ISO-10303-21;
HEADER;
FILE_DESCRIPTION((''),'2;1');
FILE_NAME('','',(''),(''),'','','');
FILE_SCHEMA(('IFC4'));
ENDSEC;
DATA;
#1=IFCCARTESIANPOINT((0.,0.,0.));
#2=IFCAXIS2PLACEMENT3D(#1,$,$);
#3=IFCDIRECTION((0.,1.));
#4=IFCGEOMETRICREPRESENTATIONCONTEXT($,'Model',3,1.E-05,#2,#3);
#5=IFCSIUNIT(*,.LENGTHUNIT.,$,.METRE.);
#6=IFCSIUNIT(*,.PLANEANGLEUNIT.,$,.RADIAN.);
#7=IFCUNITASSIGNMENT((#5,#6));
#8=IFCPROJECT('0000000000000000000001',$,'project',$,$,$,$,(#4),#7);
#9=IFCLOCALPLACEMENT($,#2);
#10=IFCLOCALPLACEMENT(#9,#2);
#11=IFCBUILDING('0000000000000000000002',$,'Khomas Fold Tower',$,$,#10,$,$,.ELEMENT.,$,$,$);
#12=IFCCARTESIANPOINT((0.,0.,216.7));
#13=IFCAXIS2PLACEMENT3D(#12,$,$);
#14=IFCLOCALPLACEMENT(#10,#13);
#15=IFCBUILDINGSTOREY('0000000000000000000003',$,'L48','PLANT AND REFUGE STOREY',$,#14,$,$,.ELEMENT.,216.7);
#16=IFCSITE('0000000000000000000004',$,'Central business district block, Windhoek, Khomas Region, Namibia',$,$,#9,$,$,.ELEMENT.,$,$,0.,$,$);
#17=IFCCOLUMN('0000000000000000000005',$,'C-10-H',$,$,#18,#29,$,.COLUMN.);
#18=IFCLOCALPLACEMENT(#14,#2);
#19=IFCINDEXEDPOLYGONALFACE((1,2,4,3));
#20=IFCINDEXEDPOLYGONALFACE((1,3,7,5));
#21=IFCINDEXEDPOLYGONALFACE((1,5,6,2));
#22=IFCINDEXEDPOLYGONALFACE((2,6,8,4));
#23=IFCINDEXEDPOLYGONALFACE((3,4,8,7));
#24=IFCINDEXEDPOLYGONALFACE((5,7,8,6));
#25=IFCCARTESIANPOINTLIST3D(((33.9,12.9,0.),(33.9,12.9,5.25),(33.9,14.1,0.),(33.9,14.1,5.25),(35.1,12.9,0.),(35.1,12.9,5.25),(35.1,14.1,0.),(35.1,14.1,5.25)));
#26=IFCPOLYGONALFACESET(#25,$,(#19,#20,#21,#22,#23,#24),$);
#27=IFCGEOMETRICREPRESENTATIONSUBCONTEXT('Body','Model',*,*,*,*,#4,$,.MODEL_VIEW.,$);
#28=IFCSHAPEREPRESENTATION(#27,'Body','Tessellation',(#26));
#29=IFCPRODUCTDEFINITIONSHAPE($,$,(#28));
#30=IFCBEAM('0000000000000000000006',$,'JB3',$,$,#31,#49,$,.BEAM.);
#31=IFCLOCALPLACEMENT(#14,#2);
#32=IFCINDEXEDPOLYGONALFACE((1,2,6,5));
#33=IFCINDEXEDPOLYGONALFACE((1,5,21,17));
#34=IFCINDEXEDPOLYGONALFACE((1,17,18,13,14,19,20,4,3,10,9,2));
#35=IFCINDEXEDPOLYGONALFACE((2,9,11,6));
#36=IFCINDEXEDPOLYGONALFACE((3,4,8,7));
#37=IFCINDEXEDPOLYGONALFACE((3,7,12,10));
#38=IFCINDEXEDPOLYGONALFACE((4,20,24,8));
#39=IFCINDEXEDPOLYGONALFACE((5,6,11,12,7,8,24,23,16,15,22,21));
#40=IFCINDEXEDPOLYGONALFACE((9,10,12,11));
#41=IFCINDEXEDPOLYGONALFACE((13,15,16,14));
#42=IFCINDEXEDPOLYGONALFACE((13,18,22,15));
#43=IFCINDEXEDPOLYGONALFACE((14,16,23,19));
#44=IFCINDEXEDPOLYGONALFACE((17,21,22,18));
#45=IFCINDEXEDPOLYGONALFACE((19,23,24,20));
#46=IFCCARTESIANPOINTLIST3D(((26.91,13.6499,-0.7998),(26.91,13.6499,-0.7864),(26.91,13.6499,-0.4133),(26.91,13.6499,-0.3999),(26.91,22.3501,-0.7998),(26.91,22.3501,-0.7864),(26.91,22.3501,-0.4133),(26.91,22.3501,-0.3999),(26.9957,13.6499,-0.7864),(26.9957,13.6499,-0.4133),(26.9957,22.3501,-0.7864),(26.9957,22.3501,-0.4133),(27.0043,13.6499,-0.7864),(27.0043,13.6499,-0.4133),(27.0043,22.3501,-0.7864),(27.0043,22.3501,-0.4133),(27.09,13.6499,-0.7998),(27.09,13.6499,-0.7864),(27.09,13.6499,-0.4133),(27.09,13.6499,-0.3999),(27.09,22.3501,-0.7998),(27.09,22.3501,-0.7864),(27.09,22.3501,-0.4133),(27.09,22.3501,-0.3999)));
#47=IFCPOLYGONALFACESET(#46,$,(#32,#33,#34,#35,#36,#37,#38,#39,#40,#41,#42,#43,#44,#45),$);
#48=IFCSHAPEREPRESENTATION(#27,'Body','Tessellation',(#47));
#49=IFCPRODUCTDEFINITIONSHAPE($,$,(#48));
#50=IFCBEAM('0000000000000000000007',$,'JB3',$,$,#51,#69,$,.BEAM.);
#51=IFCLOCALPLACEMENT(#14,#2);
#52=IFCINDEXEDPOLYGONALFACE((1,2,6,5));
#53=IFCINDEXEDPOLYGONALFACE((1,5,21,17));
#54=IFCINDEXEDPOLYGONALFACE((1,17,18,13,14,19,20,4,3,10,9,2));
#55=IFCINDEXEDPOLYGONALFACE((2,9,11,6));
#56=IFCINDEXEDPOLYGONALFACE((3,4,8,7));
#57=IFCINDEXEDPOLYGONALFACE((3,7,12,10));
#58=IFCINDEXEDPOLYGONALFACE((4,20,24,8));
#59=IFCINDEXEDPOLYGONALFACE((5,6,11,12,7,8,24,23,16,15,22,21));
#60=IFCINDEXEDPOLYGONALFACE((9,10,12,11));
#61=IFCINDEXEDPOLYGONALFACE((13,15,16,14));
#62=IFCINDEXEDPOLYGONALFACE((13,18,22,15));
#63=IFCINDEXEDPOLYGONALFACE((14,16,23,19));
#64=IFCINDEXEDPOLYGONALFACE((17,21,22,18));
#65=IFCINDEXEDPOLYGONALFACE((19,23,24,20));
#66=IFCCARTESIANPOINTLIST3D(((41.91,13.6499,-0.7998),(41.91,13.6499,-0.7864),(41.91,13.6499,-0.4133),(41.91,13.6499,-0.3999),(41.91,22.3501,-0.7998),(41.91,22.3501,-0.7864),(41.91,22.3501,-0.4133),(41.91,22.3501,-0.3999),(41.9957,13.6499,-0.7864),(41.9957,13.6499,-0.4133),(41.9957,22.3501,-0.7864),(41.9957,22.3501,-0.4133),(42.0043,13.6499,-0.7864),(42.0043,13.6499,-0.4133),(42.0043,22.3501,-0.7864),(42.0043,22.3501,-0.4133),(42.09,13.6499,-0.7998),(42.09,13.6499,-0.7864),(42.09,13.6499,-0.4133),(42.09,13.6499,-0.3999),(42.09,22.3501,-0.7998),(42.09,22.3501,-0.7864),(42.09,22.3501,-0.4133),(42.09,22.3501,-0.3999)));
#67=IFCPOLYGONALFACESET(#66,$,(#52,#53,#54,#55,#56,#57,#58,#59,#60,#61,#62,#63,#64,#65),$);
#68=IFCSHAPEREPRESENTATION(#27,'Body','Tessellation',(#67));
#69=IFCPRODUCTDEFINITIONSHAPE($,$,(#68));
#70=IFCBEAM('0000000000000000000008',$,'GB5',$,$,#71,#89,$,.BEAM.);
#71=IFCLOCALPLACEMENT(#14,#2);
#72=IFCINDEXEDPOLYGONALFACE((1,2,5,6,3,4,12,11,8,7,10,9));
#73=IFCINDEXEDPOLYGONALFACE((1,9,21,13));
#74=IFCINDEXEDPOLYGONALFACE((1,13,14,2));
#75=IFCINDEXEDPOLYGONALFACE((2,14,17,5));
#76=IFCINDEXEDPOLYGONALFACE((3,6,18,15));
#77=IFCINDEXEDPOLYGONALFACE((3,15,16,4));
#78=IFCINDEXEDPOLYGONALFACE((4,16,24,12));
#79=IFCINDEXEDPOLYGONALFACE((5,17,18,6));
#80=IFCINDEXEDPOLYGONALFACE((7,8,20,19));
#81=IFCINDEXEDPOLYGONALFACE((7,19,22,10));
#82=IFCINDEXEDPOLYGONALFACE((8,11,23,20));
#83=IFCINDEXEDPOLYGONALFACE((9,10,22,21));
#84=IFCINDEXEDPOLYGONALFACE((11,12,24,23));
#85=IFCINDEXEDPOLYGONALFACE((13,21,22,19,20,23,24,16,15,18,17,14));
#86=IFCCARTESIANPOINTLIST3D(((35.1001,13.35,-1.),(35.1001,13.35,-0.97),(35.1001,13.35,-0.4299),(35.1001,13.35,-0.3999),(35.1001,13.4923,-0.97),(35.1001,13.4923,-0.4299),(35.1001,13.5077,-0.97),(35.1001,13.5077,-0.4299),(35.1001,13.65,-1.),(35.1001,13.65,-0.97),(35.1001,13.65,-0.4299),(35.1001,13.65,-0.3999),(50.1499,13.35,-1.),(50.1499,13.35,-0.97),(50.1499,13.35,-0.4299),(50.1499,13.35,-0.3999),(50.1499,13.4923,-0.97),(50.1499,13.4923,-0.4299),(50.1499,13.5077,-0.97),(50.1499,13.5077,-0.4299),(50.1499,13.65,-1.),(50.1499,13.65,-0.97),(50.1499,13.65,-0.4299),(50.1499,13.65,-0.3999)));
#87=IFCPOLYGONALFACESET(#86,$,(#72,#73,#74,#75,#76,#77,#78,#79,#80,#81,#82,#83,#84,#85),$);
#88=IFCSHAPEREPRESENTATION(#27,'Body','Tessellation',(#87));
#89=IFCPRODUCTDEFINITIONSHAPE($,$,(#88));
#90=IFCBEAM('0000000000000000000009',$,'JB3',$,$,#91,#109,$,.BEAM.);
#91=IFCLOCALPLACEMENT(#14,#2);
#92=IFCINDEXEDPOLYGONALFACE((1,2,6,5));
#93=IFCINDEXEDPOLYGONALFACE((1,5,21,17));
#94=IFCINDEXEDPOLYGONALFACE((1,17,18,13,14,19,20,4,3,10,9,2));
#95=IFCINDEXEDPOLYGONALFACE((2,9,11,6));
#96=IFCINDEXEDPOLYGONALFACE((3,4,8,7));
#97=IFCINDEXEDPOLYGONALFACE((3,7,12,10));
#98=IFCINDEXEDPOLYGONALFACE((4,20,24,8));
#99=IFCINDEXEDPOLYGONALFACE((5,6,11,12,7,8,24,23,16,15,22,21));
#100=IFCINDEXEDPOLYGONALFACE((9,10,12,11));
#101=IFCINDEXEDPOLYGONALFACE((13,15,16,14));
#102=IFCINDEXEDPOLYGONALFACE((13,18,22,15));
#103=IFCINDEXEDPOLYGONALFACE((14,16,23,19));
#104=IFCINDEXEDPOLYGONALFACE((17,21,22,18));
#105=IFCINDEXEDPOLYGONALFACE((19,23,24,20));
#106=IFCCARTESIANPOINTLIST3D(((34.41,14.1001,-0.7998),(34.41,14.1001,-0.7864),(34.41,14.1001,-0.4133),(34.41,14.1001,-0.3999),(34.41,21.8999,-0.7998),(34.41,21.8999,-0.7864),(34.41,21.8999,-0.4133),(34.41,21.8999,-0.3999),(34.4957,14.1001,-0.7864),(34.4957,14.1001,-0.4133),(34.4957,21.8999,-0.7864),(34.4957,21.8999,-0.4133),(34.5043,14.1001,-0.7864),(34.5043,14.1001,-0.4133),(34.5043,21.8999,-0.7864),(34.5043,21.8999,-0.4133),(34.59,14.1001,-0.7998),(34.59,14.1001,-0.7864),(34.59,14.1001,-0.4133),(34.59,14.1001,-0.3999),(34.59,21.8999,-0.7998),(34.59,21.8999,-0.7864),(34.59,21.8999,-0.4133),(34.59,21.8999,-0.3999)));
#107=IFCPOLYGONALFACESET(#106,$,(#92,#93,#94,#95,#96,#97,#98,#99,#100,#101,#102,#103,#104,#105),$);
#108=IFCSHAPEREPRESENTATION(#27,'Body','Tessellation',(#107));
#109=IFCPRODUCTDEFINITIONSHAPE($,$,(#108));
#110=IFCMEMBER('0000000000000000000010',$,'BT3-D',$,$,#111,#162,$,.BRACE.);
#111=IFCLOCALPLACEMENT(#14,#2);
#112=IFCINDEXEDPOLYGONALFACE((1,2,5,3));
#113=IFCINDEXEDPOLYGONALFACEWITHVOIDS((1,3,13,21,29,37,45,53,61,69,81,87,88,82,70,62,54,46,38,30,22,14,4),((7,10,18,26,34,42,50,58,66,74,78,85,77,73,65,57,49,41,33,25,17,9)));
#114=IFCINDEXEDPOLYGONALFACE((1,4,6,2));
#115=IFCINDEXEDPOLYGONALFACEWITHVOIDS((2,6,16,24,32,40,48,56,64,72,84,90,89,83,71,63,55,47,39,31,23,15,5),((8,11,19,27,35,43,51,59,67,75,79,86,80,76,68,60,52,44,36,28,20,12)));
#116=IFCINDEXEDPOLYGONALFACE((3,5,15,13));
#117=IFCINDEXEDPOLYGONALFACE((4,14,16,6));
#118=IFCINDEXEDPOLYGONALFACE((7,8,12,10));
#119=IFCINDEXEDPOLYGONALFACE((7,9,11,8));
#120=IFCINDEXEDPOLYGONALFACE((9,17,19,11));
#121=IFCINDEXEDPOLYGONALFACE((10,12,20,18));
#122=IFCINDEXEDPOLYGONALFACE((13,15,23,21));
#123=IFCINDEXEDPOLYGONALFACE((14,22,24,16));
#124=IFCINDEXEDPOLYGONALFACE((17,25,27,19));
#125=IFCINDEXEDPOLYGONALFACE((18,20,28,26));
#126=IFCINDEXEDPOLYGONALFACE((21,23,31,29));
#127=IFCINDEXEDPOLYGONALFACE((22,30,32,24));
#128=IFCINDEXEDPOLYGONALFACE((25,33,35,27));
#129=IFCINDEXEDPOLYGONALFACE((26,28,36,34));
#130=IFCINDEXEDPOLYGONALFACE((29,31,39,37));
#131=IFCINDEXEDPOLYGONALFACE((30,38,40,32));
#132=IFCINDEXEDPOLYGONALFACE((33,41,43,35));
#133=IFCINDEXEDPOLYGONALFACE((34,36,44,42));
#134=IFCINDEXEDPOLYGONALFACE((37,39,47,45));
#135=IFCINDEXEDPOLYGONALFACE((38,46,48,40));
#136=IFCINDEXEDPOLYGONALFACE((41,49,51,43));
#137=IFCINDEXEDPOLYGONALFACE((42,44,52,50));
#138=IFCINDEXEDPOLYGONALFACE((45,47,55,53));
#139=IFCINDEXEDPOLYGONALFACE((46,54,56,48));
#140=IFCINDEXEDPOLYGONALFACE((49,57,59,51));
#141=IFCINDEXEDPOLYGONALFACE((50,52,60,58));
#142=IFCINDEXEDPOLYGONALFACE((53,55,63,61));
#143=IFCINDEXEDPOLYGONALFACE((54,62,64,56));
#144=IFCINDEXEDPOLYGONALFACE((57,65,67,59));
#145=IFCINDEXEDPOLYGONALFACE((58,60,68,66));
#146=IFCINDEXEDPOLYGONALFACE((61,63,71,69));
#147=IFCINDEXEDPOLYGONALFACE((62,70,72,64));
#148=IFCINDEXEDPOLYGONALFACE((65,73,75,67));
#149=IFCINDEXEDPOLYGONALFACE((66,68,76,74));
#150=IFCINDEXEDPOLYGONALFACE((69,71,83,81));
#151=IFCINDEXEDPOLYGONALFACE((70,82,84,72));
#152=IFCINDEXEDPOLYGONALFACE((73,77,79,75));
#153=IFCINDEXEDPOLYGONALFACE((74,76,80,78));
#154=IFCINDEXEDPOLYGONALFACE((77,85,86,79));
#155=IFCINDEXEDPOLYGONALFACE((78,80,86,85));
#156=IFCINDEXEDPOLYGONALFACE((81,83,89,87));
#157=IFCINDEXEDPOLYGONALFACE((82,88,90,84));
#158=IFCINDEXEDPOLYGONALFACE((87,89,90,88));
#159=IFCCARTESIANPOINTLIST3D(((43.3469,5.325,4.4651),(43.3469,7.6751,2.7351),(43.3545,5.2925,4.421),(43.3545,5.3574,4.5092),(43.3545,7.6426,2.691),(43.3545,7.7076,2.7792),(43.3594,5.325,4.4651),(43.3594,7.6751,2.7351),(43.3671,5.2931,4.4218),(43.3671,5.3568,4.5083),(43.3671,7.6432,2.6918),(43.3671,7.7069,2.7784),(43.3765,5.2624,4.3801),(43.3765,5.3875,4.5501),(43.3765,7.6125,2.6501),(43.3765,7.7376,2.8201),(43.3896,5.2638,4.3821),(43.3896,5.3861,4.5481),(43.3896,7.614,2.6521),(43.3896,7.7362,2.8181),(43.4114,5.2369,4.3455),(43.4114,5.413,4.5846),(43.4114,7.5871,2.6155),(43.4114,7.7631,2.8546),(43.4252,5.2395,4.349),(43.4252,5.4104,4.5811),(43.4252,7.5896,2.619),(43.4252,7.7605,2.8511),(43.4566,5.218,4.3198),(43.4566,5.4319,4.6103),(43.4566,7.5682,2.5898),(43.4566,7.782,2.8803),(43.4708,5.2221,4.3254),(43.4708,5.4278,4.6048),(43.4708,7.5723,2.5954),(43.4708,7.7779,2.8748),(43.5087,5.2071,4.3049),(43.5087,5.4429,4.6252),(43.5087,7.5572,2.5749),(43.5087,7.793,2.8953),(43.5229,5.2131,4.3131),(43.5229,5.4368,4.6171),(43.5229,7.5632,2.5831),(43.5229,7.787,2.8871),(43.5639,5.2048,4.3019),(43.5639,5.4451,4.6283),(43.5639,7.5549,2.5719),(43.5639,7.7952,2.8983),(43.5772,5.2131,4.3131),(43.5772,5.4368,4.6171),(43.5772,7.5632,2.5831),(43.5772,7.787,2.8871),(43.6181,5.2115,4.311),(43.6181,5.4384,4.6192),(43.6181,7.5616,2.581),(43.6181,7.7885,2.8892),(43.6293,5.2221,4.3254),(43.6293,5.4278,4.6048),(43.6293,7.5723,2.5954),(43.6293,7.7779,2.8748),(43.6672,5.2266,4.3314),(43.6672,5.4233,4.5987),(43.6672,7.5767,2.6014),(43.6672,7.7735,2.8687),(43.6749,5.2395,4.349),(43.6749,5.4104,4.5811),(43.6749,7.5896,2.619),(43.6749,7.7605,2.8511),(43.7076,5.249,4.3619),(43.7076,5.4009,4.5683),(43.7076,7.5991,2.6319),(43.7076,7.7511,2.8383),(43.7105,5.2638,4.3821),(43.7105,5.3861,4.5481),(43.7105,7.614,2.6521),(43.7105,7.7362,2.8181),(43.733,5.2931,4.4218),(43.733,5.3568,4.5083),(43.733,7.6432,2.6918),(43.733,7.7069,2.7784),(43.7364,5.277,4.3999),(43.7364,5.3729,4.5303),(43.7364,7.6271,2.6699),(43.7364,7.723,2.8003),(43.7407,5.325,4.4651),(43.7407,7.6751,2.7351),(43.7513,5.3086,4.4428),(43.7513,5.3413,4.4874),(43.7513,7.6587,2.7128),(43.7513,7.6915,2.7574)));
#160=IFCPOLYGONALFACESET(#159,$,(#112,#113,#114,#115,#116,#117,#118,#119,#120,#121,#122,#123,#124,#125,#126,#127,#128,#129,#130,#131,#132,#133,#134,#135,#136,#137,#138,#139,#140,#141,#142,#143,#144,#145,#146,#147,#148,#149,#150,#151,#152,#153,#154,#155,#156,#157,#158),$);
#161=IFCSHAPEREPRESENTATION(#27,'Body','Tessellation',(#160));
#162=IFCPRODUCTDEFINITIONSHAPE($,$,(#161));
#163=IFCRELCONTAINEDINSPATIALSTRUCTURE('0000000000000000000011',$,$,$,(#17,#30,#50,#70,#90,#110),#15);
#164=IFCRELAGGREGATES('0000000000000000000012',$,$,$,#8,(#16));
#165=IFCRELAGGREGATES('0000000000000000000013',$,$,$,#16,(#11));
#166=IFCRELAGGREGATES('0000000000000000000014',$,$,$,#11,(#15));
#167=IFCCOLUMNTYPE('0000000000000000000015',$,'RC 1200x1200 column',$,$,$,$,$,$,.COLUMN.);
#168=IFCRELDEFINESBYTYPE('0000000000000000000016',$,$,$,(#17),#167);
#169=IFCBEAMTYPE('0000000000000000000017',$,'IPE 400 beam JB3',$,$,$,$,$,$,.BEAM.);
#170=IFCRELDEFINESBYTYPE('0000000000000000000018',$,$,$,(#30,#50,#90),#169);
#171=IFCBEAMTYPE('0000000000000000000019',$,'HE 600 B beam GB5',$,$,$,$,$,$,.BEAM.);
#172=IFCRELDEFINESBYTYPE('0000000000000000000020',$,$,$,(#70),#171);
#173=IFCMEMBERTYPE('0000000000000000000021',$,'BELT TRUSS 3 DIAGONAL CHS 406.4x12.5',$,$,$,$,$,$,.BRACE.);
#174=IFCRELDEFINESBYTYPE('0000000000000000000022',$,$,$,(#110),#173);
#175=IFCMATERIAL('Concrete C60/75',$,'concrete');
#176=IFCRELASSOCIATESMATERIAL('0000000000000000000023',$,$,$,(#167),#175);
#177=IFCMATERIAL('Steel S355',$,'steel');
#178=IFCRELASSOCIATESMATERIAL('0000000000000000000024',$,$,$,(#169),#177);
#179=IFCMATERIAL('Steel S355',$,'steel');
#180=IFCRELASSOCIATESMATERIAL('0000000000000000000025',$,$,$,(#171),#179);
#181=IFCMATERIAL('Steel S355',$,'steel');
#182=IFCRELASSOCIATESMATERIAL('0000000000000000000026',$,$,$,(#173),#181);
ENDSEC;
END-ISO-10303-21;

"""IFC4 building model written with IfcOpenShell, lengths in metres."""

from ifc_helpers import new_model, si_unit, direction, frame, origin, origin_2d, place, context, subcontext, project, spatial, rectangle, hollow_circle, i_section, extrude, source, transform, mapped, material, material_profile, profile_set, type_object, element, save


model = new_model("IFC4")

# Units and contexts
model_context = context("Model", 3, precision=1e-05, world=origin(), true_north=direction((0.0, 1.0)))
body_context = subcontext(model_context, "Body", "Model", "MODEL_VIEW")
ifc_project = project(units=[si_unit("LENGTHUNIT", "METRE"), si_unit("PLANEANGLEUNIT", "RADIAN")], contexts=[model_context])

# Site, building, storey
site_placement = place(None, origin())
site = spatial("IfcSite", under=ifc_project, at=site_placement, Name="Central business district block, Windhoek, Khomas Region, Namibia", CompositionType="ELEMENT", RefElevation=0.0)
building_placement = place(site_placement, origin())
building = spatial("IfcBuilding", under=site, at=building_placement, Name="Khomas Fold Tower", CompositionType="ELEMENT")
storey_placement = place(building_placement, frame((0.0, 0.0, 216.7)))
storey = spatial("IfcBuildingStorey", under=building, at=storey_placement, Name="L48", Description="PLANT AND REFUGE STOREY", CompositionType="ELEMENT", Elevation=216.7)

# Column
ifc_material_1 = material(Name="Concrete C60/75", Category="concrete")
ifc_material_profile_1 = material_profile(ifc_material_1, rectangle(XDim=1.2, YDim=1.2, at=origin_2d()), Name="RC 1200x1200")
ifc_profile_set_1 = profile_set([ifc_material_profile_1], Name="Concrete C60/75")
column_type = type_object("IfcColumnType", Name="RC 1200x1200 column", PredefinedType="COLUMN", material=ifc_profile_set_1)
shared_shape_1 = source(origin(), body_context, "Body", "SweptSolid", [
    extrude(rectangle(XDim=1.2, YDim=1.2, at=origin_2d()), origin(), (0.0, 0.0, 1.0), 5.25),
])
column_placement = place(storey_placement, frame((34.5, 13.5, 0.0), z_axis=(0.0, 0.0, 1.0), x_axis=(1.0, 0.0, 0.0)))
element("IfcColumn", 1, at=column_placement, inside=storey, type_object=column_type, Name="C-10-H", PredefinedType="COLUMN", context=body_context, shape_type="MappedRepresentation", body=[
    mapped(shared_shape_1, transform((0.0, 0.0, 0.0))),
])

# Beams
ifc_material_2 = material(Name="Steel S355", Category="steel")
ifc_material_profile_2 = material_profile(ifc_material_2, i_section(OverallWidth=0.1799, OverallDepth=0.3999, WebThickness=0.0085, FlangeThickness=0.0134, at=origin_2d()), Name="IPE 400")
ifc_profile_set_2 = profile_set([ifc_material_profile_2], Name="Steel S355")
beam_type_1 = type_object("IfcBeamType", Name="IPE 400 beam JB3", PredefinedType="BEAM", material=ifc_profile_set_2)
shared_shape_2 = source(origin(), body_context, "Body", "SweptSolid", [
    extrude(i_section(OverallWidth=0.1799, OverallDepth=0.3999, WebThickness=0.0085, FlangeThickness=0.0134, at=origin_2d()), origin(), (0.0, 0.0, 1.0), 8.7002),
])
for number, where, z_axis, x_axis, name in (
    (2, (27.0, 13.6499, -0.5999), (0.0, 1.0, 0.0), (-1.0, 0.0, 0.0), "JB3"),
    (3, (42.0, 13.6499, -0.5999), (0.0, 1.0, 0.0), (-1.0, 0.0, 0.0), "JB3"),
):
    element("IfcBeam", number, at=place(storey_placement, frame(where, z_axis=z_axis, x_axis=x_axis)), inside=storey, type_object=beam_type_1, Name=name, PredefinedType="BEAM", context=body_context, shape_type="MappedRepresentation", body=[
        mapped(shared_shape_2, transform((0.0, 0.0, 0.0))),
    ])
ifc_material_3 = material(Name="Steel S355", Category="steel")
ifc_material_profile_3 = material_profile(ifc_material_3, i_section(OverallWidth=0.3, OverallDepth=0.6001, WebThickness=0.0154, FlangeThickness=0.03, at=origin_2d()), Name="HE 600 B")
ifc_profile_set_3 = profile_set([ifc_material_profile_3], Name="Steel S355")
beam_type_2 = type_object("IfcBeamType", Name="HE 600 B beam GB5", PredefinedType="BEAM", material=ifc_profile_set_3)
shared_shape_3 = source(origin(), body_context, "Body", "SweptSolid", [
    extrude(i_section(OverallWidth=0.3, OverallDepth=0.6001, WebThickness=0.0154, FlangeThickness=0.03, at=origin_2d()), origin(), (0.0, 0.0, 1.0), 15.0498),
])
beam_1_placement = place(storey_placement, frame((35.1001, 13.5, -0.7), z_axis=(1.0, 0.0, 0.0), x_axis=(0.0, 1.0, 0.0)))
element("IfcBeam", 4, at=beam_1_placement, inside=storey, type_object=beam_type_2, Name="GB5", PredefinedType="BEAM", context=body_context, shape_type="MappedRepresentation", body=[
    mapped(shared_shape_3, transform((0.0, 0.0, 0.0))),
])
shared_shape_4 = source(origin(), body_context, "Body", "SweptSolid", [
    extrude(i_section(OverallWidth=0.1799, OverallDepth=0.3999, WebThickness=0.0085, FlangeThickness=0.0134, at=origin_2d()), origin(), (0.0, 0.0, 1.0), 7.7998),
])
beam_2_placement = place(storey_placement, frame((34.5, 14.1001, -0.5999), z_axis=(0.0, 1.0, 0.0), x_axis=(-1.0, 0.0, 0.0)))
element("IfcBeam", 5, at=beam_2_placement, inside=storey, type_object=beam_type_1, Name="JB3", PredefinedType="BEAM", context=body_context, shape_type="MappedRepresentation", body=[
    mapped(shared_shape_4, transform((0.0, 0.0, 0.0))),
])

# Member
ifc_material_4 = material(Name="Steel S355", Category="steel")
ifc_material_profile_4 = material_profile(ifc_material_4, hollow_circle(Radius=0.2031, WallThickness=0.0125, at=origin_2d()), Name="CHS 406.4x12.5")
ifc_profile_set_4 = profile_set([ifc_material_profile_4], Name="Steel S355")
member_type_1 = type_object("IfcMemberType", Name="BELT TRUSS 3 DIAGONAL CHS 406.4x12.5", PredefinedType="BRACE", material=ifc_profile_set_4)
shared_shape_5 = source(origin(), body_context, "Body", "SweptSolid", [
    extrude(hollow_circle(Radius=0.2031, WallThickness=0.0125, at=origin_2d()), origin(), (0.0, 0.0, 1.0), 2.9182),
])
member_1_placement = place(storey_placement, frame((43.55, 5.325, 4.4651), z_axis=(0.0, 0.805329, -0.592828), x_axis=(-1.0, 0.0, 0.0)))
element("IfcMember", 6, at=member_1_placement, inside=storey, type_object=member_type_1, Name="BT3-D", PredefinedType="BRACE", context=body_context, shape_type="MappedRepresentation", body=[
    mapped(shared_shape_5, transform((0.0, 0.0, 0.0))),
])

save(model, "model.ifc")
